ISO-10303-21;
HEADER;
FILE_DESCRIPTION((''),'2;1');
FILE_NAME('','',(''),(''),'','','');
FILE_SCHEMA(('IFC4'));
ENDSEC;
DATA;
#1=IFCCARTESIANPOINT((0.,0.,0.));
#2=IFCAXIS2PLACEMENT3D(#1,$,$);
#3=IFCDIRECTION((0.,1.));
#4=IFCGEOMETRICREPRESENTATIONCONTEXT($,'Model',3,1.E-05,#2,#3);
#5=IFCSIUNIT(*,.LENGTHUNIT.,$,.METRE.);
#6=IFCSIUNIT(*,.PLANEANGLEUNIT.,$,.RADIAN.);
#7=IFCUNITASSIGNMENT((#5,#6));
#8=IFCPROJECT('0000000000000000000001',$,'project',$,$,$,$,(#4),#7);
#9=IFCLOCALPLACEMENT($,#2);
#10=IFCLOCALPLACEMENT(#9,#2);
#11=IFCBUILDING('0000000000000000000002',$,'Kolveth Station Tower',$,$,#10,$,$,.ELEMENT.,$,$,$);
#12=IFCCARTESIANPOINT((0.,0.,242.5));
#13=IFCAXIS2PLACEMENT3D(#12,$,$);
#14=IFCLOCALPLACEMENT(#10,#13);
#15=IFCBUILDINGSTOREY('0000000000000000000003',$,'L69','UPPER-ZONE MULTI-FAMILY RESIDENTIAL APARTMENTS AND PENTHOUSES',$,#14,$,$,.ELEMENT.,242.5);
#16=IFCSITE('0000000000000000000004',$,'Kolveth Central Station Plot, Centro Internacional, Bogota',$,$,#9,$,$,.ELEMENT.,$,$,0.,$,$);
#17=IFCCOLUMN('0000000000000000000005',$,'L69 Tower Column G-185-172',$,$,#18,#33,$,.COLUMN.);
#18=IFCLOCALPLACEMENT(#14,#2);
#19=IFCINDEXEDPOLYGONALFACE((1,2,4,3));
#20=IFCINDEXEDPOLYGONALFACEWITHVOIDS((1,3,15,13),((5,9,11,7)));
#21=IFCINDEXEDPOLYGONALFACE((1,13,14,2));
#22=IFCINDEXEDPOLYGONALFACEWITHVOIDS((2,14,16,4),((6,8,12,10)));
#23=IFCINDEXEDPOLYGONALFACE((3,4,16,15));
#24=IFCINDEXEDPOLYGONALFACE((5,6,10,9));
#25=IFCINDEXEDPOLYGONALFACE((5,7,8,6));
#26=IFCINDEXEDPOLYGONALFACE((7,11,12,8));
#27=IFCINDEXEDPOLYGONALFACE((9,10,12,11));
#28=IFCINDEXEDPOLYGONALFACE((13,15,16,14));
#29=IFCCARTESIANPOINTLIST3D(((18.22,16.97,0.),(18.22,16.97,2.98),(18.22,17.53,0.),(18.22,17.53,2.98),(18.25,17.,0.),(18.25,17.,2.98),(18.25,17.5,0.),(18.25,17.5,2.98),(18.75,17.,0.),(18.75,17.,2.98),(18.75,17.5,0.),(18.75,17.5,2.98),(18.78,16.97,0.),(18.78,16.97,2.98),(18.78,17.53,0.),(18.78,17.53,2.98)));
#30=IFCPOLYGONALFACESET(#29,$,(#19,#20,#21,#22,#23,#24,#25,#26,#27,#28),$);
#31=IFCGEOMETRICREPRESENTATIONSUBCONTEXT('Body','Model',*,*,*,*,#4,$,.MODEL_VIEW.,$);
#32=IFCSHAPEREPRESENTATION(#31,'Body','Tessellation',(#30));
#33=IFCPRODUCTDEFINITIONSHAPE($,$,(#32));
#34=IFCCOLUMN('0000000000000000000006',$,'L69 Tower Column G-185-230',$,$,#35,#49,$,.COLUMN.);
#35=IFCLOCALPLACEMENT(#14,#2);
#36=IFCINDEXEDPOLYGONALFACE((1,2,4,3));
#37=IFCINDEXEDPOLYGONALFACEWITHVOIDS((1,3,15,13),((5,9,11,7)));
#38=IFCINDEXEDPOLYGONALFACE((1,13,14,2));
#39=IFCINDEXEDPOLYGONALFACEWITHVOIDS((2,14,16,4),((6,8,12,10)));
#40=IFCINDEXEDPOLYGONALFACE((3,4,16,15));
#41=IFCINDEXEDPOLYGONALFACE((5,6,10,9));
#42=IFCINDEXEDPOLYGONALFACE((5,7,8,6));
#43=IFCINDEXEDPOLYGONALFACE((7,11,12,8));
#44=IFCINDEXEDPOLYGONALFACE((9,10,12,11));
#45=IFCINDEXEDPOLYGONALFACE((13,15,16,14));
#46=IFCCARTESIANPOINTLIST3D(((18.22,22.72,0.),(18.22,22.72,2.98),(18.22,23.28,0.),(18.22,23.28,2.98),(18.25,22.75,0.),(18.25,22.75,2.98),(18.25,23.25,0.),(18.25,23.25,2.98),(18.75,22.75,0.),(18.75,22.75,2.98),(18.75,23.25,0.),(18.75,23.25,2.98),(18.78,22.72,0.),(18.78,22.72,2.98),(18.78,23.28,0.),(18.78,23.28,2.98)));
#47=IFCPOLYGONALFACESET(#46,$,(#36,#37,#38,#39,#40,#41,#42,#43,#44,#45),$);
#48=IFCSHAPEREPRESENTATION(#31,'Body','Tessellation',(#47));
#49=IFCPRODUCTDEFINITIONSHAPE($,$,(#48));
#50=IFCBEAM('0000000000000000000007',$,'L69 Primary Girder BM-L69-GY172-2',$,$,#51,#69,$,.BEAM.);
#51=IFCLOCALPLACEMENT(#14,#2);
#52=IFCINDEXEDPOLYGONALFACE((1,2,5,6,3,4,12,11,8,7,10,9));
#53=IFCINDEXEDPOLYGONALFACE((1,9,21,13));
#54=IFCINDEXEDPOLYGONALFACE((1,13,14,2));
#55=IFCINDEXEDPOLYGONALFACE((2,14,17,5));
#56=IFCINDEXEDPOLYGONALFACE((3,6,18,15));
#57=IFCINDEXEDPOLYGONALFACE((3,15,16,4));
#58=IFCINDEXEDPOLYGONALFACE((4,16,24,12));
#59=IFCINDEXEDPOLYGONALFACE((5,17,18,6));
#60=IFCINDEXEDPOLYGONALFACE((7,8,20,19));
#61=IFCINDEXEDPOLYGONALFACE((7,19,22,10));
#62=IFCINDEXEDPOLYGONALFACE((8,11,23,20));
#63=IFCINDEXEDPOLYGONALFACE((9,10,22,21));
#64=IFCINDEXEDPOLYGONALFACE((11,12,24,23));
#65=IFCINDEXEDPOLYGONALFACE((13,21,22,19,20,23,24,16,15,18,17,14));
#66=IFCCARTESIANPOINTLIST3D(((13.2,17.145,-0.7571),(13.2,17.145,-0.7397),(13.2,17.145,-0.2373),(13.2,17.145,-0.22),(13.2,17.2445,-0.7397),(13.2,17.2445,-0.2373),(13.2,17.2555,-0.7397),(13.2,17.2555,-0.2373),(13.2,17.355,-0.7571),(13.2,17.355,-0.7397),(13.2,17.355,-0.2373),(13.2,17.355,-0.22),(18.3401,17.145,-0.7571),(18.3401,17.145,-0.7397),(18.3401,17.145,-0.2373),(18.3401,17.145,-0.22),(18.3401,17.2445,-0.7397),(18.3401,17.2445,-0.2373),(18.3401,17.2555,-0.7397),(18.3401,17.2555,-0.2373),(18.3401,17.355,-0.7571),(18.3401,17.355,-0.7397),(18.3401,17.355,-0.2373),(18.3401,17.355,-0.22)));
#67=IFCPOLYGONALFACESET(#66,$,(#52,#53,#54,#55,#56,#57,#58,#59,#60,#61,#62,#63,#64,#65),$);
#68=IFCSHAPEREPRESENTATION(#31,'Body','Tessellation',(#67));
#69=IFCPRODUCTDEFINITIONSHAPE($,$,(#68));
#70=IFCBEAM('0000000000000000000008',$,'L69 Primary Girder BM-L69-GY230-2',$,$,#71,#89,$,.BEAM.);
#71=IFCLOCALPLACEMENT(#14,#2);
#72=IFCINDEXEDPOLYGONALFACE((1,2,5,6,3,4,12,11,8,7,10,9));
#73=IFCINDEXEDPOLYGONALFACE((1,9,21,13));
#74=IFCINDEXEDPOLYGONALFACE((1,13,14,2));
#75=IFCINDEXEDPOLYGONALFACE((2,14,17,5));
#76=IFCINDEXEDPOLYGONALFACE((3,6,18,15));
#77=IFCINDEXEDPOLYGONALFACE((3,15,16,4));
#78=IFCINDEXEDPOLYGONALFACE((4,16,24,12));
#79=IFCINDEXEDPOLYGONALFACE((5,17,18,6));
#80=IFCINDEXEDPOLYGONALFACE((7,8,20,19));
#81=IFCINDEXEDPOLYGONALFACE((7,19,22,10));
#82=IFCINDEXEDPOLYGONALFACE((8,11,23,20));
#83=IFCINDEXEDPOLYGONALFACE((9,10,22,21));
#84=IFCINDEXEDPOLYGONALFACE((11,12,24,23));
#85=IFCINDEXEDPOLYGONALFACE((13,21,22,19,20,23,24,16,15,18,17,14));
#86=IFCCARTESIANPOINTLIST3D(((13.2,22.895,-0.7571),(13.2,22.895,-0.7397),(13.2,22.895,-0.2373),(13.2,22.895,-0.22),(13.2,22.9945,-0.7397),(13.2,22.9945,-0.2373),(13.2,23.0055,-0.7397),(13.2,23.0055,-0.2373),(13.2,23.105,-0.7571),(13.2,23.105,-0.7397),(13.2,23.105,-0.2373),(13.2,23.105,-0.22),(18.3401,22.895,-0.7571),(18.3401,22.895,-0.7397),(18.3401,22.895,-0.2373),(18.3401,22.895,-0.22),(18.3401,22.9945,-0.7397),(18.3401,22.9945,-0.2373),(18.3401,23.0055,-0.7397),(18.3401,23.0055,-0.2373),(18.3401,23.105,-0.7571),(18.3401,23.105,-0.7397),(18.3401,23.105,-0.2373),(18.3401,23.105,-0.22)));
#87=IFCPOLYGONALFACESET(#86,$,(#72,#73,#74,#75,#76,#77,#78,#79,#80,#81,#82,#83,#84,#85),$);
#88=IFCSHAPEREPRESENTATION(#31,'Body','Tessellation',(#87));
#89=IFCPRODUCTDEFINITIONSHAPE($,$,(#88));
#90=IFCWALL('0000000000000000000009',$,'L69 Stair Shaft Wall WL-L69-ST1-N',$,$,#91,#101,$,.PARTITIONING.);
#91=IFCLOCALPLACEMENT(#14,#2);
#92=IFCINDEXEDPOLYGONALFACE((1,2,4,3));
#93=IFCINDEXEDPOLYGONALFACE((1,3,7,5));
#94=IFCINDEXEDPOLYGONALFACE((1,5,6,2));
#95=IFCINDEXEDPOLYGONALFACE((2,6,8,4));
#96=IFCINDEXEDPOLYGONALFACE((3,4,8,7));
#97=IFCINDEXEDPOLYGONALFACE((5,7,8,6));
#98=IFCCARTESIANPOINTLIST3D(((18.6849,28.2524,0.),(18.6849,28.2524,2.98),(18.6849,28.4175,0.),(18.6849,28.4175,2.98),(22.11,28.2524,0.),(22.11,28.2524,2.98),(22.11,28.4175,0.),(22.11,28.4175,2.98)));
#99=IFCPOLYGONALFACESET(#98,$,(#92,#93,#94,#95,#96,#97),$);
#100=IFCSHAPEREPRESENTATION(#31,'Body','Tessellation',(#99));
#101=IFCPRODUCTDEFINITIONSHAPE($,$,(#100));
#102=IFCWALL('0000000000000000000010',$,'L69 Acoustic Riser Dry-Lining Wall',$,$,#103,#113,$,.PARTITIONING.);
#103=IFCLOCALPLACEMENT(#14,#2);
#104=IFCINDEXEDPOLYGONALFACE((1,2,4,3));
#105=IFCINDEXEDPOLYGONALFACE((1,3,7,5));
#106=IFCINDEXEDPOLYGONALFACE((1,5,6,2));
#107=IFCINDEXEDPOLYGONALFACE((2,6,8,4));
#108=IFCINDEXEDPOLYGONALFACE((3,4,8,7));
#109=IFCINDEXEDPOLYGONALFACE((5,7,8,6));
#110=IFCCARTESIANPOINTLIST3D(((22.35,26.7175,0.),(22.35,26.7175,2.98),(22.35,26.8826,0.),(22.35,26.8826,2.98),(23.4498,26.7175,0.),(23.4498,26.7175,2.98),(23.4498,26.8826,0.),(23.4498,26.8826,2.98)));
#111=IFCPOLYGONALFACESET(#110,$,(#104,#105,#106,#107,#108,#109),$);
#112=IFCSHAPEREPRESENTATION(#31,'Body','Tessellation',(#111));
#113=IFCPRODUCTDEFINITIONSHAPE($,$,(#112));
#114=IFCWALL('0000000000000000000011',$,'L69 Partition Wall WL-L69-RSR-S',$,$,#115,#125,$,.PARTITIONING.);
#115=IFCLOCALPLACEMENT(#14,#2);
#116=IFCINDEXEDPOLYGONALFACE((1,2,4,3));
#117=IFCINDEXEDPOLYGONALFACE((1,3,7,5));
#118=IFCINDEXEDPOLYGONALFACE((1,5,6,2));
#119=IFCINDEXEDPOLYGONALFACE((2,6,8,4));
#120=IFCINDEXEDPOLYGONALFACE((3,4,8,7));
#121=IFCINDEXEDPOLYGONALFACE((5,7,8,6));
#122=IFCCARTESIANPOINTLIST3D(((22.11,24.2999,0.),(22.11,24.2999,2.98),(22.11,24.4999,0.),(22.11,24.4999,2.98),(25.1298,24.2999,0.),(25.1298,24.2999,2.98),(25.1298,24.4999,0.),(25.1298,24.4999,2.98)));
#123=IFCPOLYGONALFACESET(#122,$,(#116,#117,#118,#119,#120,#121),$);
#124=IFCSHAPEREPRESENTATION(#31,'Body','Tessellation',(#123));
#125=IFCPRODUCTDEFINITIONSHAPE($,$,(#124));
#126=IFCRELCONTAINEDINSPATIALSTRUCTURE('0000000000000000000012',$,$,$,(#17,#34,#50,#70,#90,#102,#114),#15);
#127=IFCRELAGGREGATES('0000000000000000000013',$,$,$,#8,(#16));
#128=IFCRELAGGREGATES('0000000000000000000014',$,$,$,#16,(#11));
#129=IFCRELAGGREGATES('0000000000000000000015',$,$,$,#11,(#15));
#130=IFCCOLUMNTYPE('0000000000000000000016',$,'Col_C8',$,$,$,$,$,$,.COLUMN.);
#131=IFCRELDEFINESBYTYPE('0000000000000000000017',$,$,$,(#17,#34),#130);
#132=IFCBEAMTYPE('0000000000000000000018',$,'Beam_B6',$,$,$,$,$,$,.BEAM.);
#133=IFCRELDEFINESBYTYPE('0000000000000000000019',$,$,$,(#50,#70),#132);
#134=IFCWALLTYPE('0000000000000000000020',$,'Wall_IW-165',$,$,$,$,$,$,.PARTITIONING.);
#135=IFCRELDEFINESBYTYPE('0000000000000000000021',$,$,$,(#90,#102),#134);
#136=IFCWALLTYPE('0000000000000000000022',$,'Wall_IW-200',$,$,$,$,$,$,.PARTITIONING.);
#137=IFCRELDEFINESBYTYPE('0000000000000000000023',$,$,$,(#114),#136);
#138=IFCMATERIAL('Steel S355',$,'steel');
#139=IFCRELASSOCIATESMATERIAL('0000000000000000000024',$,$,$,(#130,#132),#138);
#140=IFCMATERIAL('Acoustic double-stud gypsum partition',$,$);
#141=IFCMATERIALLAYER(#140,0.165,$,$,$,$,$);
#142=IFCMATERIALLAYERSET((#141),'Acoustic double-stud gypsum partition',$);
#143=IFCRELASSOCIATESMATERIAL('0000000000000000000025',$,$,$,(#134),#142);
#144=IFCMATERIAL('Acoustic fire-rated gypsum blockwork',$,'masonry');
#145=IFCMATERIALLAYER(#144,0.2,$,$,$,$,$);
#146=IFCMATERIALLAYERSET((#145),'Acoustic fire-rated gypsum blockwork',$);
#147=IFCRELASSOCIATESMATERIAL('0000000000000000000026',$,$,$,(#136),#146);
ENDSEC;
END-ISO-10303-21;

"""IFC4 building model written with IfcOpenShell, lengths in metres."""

from ifc_helpers import new_model, si_unit, direction, frame, frame_2d, origin, origin_2d, place, context, subcontext, project, spatial, rectangle, hollow_rectangle, i_section, extrude, source, transform, mapped, material, layer, layer_set, material_profile, profile_set, type_object, element, save


model = new_model("IFC4")

# Units and contexts
model_context = context("Model", 3, precision=1e-05, world=origin(), true_north=direction((0.0, 1.0)))
body_context = subcontext(model_context, "Body", "Model", "MODEL_VIEW")
ifc_project = project(units=[si_unit("LENGTHUNIT", "METRE"), si_unit("PLANEANGLEUNIT", "RADIAN")], contexts=[model_context])

# Site, building, storey
site_placement = place(None, origin())
site = spatial("IfcSite", under=ifc_project, at=site_placement, Name="Kolveth Central Station Plot, Centro Internacional, Bogota", CompositionType="ELEMENT", RefElevation=0.0)
building_placement = place(site_placement, origin())
building = spatial("IfcBuilding", under=site, at=building_placement, Name="Kolveth Station Tower", CompositionType="ELEMENT")
storey_placement = place(building_placement, frame((0.0, 0.0, 242.5)))
storey = spatial("IfcBuildingStorey", under=building, at=storey_placement, Name="L69", Description="UPPER-ZONE MULTI-FAMILY RESIDENTIAL APARTMENTS AND PENTHOUSES", CompositionType="ELEMENT", Elevation=242.5)

# Columns
ifc_material_1 = material(Name="Steel S355", Category="steel")
ifc_material_profile_1 = material_profile(ifc_material_1, hollow_rectangle(XDim=0.5601, YDim=0.5601, WallThickness=0.03, at=origin_2d()), Name="BOX560x560x30")
ifc_profile_set_1 = profile_set([ifc_material_profile_1], Name="Steel S355")
column_type = type_object("IfcColumnType", Name="Col_C8", PredefinedType="COLUMN", material=ifc_profile_set_1)
shared_shape_1 = source(origin(), body_context, "Body", "SweptSolid", [
    extrude(hollow_rectangle(XDim=0.5601, YDim=0.5601, WallThickness=0.03, at=origin_2d()), origin(), (0.0, 0.0, 1.0), 2.98),
])
for number, where, z_axis, x_axis, name in (
    (1, (18.5, 17.25, 0.0), (0.0, 0.0, 1.0), (1.0, 0.0, 0.0), "L69 Tower Column G-185-172"),
    (2, (18.5, 23.0, 0.0), (0.0, 0.0, 1.0), (1.0, 0.0, 0.0), "L69 Tower Column G-185-230"),
):
    element("IfcColumn", number, at=place(storey_placement, frame(where, z_axis=z_axis, x_axis=x_axis)), inside=storey, type_object=column_type, Name=name, PredefinedType="COLUMN", context=body_context, shape_type="MappedRepresentation", body=[
        mapped(shared_shape_1, transform((0.0, 0.0, 0.0), x_axis=(1.0, 0.0, 0.0), y_axis=(0.0, 1.0, 0.0), z_axis=(0.0, 0.0, 1.0), scale=1.0)),
    ])

# Beams
ifc_material_profile_2 = material_profile(ifc_material_1, i_section(OverallWidth=0.21, OverallDepth=0.5371, WebThickness=0.011, FlangeThickness=0.0173, at=origin_2d()), Name="W530x101")
ifc_profile_set_2 = profile_set([ifc_material_profile_2], Name="Steel S355")
beam_type = type_object("IfcBeamType", Name="Beam_B6", PredefinedType="BEAM", material=ifc_profile_set_2)
shared_shape_2 = source(origin(), body_context, "Body", "SweptSolid", [
    extrude(i_section(OverallWidth=0.21, OverallDepth=0.5371, WebThickness=0.011, FlangeThickness=0.0173, at=origin_2d()), origin(), (0.0, 0.0, 1.0), 5.1401),
])
for number, where, z_axis, x_axis, name in (
    (3, (13.2, 17.25, -0.4885), (1.0, 0.0, 0.0), (0.0, 1.0, 0.0), "L69 Primary Girder BM-L69-GY172-2"),
    (4, (13.2, 23.0, -0.4885), (1.0, 0.0, 0.0), (0.0, 1.0, 0.0), "L69 Primary Girder BM-L69-GY230-2"),
):
    element("IfcBeam", number, at=place(storey_placement, frame(where, z_axis=z_axis, x_axis=x_axis)), inside=storey, type_object=beam_type, Name=name, PredefinedType="BEAM", context=body_context, shape_type="MappedRepresentation", body=[
        mapped(shared_shape_2, transform((0.0, 0.0, 0.0), x_axis=(1.0, 0.0, 0.0), y_axis=(0.0, 1.0, 0.0), z_axis=(0.0, 0.0, 1.0), scale=1.0)),
    ])

# Walls
ifc_material_2 = material(Name="Acoustic double-stud gypsum partition")
ifc_layer_1 = layer(ifc_material_2, 0.165)
ifc_layer_set_1 = layer_set([ifc_layer_1], Name="Acoustic double-stud gypsum partition")
wall_type_1 = type_object("IfcWallType", Name="Wall_IW-165", PredefinedType="PARTITIONING", material=ifc_layer_set_1)
wall_1_placement = place(storey_placement, frame((18.6851, 28.335, 0.0), z_axis=(0.0, 0.0, 1.0), x_axis=(1.0, 0.0, 0.0)))
element("IfcWall", 5, at=wall_1_placement, inside=storey, type_object=wall_type_1, Name="L69 Stair Shaft Wall WL-L69-ST1-N", PredefinedType="PARTITIONING", context=body_context, shape_type="SweptSolid", body=[
    extrude(rectangle(XDim=3.425, YDim=0.165, at=frame_2d((1.7124, 0.0))), origin(), (0.0, 0.0, 1.0), 2.98),
])
wall_2_placement = place(storey_placement, frame((22.3501, 26.8, 0.0), z_axis=(0.0, 0.0, 1.0), x_axis=(1.0, 0.0, 0.0)))
element("IfcWall", 6, at=wall_2_placement, inside=storey, type_object=wall_type_1, Name="L69 Acoustic Riser Dry-Lining Wall", PredefinedType="PARTITIONING", context=body_context, shape_type="SweptSolid", body=[
    extrude(rectangle(XDim=1.0999, YDim=0.165, at=frame_2d((0.5498, 0.0))), origin(), (0.0, 0.0, 1.0), 2.98),
])
ifc_material_3 = material(Name="Acoustic fire-rated gypsum blockwork", Category="masonry")
ifc_layer_2 = layer(ifc_material_3, 0.2)
ifc_layer_set_2 = layer_set([ifc_layer_2], Name="Acoustic fire-rated gypsum blockwork")
wall_type_2 = type_object("IfcWallType", Name="Wall_IW-200", PredefinedType="PARTITIONING", material=ifc_layer_set_2)
wall_3_placement = place(storey_placement, frame((22.1101, 24.3999, 0.0), z_axis=(0.0, 0.0, 1.0), x_axis=(1.0, 0.0, 0.0)))
element("IfcWall", 7, at=wall_3_placement, inside=storey, type_object=wall_type_2, Name="L69 Partition Wall WL-L69-RSR-S", PredefinedType="PARTITIONING", context=body_context, shape_type="SweptSolid", body=[
    extrude(rectangle(XDim=3.0198, YDim=0.2, at=frame_2d((1.5098, 0.0))), origin(), (0.0, 0.0, 1.0), 2.98),
])

save(model, "model.ifc")
